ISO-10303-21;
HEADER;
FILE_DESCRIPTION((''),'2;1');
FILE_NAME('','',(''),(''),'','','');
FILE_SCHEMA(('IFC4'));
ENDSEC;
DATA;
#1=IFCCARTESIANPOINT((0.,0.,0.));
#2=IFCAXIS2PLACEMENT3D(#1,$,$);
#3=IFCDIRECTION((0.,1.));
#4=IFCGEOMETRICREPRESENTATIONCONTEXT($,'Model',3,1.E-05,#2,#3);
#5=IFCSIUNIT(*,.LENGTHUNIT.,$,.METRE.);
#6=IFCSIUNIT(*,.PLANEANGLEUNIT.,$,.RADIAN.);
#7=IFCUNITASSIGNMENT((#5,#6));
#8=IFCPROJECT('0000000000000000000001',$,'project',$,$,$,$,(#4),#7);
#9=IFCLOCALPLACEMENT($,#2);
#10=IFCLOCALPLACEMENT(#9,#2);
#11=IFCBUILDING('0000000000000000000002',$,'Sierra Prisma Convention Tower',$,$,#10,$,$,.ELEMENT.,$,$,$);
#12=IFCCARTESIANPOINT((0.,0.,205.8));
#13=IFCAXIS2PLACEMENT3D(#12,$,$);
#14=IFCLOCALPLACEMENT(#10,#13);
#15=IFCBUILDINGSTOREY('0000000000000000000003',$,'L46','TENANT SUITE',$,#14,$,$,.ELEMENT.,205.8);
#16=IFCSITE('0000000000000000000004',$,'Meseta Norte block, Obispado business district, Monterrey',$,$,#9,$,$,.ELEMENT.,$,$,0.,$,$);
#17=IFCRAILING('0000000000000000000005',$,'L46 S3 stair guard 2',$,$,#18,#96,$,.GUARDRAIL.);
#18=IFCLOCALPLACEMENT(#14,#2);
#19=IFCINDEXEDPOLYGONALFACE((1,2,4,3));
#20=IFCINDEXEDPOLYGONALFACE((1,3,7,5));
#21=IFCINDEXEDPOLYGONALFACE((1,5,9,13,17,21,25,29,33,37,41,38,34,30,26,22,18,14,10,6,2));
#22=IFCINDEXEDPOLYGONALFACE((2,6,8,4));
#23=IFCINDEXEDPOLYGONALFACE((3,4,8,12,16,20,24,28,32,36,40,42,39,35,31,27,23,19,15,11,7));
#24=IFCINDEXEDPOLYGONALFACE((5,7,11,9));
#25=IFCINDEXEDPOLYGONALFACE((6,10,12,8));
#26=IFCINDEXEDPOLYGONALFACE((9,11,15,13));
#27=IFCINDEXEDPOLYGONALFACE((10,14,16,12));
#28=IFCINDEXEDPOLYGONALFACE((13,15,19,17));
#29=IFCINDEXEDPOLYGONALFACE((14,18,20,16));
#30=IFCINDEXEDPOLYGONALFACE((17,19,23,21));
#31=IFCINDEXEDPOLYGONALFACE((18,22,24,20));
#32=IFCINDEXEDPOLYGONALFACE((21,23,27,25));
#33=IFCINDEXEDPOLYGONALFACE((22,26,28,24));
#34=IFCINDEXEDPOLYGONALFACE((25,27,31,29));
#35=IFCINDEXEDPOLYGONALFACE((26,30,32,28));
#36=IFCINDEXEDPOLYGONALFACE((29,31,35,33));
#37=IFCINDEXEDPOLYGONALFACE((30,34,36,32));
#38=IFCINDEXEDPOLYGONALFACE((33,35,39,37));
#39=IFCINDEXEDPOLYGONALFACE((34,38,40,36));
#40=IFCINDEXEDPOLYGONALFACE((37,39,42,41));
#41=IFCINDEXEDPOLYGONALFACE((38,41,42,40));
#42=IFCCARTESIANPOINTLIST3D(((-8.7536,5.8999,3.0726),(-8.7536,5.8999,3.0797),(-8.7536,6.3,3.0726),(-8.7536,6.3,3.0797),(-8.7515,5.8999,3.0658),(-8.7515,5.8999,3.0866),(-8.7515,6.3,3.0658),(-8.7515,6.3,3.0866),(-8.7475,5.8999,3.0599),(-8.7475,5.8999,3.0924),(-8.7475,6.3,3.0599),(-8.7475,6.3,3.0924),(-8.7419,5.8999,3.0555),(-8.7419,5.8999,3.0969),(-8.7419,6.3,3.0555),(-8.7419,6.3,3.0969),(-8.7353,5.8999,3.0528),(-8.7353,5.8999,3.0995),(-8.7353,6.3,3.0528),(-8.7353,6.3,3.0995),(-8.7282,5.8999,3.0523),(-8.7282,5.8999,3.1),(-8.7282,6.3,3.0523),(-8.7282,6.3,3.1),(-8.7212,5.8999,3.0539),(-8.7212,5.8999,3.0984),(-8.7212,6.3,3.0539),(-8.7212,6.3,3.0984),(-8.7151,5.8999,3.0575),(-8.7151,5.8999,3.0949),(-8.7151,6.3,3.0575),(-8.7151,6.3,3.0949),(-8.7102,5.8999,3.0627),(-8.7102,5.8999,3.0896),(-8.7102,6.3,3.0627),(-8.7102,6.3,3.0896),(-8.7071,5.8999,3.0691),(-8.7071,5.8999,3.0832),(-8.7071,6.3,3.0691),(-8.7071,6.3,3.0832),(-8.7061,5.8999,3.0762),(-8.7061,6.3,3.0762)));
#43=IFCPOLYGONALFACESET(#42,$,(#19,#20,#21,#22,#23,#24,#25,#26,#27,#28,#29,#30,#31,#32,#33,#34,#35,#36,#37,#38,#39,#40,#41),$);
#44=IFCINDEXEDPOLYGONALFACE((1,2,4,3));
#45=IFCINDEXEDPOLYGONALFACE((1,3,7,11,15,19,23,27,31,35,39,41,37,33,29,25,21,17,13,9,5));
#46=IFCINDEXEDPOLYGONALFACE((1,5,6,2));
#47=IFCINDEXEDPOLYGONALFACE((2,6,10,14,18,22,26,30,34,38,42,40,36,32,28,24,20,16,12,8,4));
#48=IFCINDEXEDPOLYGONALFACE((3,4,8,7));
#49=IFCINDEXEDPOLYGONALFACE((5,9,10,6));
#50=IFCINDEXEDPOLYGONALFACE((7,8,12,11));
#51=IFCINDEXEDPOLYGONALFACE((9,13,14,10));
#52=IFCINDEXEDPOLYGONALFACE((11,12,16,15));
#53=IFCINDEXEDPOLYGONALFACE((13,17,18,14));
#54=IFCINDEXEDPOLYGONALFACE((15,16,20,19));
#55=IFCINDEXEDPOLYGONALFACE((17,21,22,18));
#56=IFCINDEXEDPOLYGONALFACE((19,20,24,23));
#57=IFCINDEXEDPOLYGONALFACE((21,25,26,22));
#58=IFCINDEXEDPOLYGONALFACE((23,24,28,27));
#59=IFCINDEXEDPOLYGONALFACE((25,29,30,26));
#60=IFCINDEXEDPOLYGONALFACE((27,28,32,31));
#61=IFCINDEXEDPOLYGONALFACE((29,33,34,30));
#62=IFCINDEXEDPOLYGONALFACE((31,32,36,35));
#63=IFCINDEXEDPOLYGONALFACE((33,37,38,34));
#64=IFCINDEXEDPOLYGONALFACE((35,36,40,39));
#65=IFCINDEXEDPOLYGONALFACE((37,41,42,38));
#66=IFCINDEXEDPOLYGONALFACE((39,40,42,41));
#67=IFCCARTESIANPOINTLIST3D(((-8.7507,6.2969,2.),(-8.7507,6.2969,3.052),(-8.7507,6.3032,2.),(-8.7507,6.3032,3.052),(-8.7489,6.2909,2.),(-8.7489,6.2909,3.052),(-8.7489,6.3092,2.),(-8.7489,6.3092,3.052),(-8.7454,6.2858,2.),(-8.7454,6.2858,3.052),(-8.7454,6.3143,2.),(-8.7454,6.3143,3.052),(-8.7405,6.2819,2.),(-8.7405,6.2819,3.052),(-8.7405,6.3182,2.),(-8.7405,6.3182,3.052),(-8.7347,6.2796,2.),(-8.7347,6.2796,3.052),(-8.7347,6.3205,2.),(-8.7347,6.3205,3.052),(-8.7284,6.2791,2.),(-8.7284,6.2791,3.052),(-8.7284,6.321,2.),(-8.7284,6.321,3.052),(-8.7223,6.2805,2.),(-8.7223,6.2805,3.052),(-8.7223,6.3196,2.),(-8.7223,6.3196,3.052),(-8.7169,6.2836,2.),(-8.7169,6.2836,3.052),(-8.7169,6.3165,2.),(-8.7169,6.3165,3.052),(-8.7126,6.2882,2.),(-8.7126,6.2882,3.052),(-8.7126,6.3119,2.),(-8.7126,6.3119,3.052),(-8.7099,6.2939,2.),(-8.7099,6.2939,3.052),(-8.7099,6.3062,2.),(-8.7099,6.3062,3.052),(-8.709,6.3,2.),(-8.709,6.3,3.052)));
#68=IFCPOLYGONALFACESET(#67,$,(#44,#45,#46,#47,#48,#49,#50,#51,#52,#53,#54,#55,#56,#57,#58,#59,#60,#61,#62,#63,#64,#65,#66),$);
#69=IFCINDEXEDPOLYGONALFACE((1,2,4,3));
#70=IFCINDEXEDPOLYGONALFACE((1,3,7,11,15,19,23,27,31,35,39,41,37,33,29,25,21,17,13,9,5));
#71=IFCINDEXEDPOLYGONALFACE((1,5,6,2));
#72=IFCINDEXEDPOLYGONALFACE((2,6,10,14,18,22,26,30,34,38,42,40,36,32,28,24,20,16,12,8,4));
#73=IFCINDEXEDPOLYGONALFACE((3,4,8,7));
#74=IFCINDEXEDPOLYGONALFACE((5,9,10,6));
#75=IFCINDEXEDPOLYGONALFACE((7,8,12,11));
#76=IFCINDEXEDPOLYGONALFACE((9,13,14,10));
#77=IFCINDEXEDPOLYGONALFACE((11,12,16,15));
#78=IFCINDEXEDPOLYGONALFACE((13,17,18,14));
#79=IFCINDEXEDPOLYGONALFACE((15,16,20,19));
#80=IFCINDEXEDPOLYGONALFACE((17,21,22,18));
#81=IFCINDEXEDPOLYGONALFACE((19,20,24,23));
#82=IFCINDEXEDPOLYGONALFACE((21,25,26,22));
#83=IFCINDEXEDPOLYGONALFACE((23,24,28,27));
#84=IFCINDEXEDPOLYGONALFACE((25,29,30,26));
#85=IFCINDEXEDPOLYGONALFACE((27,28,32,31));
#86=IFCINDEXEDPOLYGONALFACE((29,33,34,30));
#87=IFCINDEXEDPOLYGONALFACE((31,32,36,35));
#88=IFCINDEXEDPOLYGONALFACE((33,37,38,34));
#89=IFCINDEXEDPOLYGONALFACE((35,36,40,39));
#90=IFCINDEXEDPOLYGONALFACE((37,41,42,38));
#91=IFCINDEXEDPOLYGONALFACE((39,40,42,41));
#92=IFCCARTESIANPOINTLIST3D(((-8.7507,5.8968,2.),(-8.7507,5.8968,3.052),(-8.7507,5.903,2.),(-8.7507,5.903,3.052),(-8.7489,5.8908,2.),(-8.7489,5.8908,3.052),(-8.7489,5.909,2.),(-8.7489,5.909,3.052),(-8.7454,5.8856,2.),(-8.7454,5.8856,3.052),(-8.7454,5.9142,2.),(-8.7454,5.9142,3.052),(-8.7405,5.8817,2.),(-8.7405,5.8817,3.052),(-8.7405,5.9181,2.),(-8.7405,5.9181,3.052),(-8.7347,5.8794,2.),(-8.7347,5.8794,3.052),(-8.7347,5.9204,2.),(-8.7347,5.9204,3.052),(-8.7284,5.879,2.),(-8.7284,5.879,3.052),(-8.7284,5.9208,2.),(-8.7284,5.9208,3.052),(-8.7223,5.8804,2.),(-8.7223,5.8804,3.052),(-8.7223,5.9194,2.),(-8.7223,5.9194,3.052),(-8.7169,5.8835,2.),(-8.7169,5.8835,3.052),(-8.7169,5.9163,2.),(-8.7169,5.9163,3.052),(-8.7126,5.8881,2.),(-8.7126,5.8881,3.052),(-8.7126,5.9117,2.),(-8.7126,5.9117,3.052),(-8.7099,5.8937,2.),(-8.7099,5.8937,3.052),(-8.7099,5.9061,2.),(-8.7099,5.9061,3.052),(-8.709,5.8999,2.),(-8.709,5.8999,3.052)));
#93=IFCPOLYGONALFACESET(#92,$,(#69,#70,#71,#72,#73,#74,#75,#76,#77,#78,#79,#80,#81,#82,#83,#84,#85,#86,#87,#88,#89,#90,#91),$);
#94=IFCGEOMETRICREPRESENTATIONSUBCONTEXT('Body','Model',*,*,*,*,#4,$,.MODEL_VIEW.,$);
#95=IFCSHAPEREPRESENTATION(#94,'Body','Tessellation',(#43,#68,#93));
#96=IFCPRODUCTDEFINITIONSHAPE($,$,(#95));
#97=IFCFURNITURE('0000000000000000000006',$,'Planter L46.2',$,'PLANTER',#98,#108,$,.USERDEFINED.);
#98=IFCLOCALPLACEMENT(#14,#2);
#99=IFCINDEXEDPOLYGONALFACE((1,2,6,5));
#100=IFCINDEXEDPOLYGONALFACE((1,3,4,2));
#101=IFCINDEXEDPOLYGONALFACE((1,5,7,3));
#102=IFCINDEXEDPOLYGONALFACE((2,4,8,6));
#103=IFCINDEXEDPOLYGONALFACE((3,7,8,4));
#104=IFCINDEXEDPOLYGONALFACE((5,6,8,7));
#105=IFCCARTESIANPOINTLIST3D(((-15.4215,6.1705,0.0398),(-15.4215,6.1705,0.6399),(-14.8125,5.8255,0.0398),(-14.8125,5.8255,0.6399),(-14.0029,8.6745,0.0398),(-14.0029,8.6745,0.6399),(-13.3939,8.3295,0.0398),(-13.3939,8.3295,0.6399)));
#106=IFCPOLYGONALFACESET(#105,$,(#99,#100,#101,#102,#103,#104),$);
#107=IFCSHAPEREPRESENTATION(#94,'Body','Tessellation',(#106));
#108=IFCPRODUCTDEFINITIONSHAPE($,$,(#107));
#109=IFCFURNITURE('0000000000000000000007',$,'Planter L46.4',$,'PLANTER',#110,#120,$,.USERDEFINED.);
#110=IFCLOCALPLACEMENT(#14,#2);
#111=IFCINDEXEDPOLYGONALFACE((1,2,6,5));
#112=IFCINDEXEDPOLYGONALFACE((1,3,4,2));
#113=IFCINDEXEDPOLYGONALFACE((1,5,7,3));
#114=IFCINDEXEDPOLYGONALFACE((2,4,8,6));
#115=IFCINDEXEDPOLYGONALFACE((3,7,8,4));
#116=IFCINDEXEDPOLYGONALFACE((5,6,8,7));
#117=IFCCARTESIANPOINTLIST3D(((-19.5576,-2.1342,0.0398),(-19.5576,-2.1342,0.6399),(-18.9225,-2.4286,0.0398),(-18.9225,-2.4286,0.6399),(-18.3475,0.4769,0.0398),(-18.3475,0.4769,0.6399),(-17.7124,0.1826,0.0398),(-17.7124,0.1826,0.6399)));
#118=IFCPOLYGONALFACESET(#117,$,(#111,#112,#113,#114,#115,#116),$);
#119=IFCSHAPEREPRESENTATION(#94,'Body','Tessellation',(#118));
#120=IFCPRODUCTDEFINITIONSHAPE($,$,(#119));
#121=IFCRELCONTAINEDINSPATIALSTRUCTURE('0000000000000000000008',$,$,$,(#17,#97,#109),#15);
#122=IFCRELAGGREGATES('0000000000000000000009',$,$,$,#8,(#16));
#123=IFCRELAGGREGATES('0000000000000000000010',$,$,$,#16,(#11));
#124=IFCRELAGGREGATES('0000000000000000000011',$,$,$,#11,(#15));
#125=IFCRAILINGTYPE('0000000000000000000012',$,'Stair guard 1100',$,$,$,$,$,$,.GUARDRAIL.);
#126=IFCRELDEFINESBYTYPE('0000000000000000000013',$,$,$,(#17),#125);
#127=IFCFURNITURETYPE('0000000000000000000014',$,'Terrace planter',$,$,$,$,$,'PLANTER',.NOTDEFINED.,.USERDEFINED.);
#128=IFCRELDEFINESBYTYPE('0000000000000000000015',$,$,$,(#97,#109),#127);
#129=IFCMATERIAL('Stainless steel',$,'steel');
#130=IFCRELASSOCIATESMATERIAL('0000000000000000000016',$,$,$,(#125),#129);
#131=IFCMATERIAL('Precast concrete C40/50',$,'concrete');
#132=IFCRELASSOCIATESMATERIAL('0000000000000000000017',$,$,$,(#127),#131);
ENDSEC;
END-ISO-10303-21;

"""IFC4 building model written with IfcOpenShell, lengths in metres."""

from ifc_helpers import new_model, si_unit, direction, frame, origin, origin_2d, place, context, subcontext, project, spatial, rectangle, circle, extrude, material, type_object, element, save


model = new_model("IFC4")

# Units and contexts
model_context = context("Model", 3, precision=1e-05, world=origin(), true_north=direction((0.0, 1.0)))
body_context = subcontext(model_context, "Body", "Model", "MODEL_VIEW")
ifc_project = project(units=[si_unit("LENGTHUNIT", "METRE"), si_unit("PLANEANGLEUNIT", "RADIAN")], contexts=[model_context])

# Site, building, storey
site_placement = place(None, origin())
site = spatial("IfcSite", under=ifc_project, at=site_placement, Name="Meseta Norte block, Obispado business district, Monterrey", CompositionType="ELEMENT", RefElevation=0.0)
building_placement = place(site_placement, origin())
building = spatial("IfcBuilding", under=site, at=building_placement, Name="Sierra Prisma Convention Tower", CompositionType="ELEMENT")
storey_placement = place(building_placement, frame((0.0, 0.0, 205.8)))
storey = spatial("IfcBuildingStorey", under=building, at=storey_placement, Name="L46", Description="TENANT SUITE", CompositionType="ELEMENT", Elevation=205.8)

# Railing
ifc_material_1 = material(Name="Stainless steel", Category="steel")
railing_type = type_object("IfcRailingType", Name="Stair guard 1100", PredefinedType="GUARDRAIL", material=ifc_material_1)
railing_placement = place(storey_placement, frame((-8.73, 6.3, 2.0)))
element("IfcRailing", 1, at=railing_placement, inside=storey, type_object=railing_type, Name="L46 S3 stair guard 2", PredefinedType="GUARDRAIL", context=body_context, shape_type="SweptSolid", body=[
    extrude(circle(Radius=0.0239, at=origin_2d()), frame((0.0, 0.0, 1.0762), z_axis=(0.0, -1.0, 0.0), x_axis=(1.0, 0.0, 0.0)), (0.0, 0.0, 1.0), 0.4001),
    extrude(circle(Radius=0.021, at=origin_2d()), origin(), (0.0, 0.0, 1.0), 1.052),
    extrude(circle(Radius=0.021, at=origin_2d()), frame((0.0, -0.4001, 0.0)), (0.0, 0.0, 1.0), 1.052),
])

# Furniture
ifc_material_2 = material(Name="Precast concrete C40/50", Category="concrete")
furniture_type = type_object("IfcFurnitureType", Name="Terrace planter", ElementType="PLANTER", AssemblyPlace="NOTDEFINED", PredefinedType="USERDEFINED", material=ifc_material_2)
for number, where, z_axis, x_axis, name in (
    (2, (-14.4077, 7.25, 0.0398), (0.0, 0.0, 1.0), (-0.492927, -0.870071, 0.0), "Planter L46.2"),
    (3, (-18.635, -0.9758, 0.0398), (0.0, 0.0, 1.0), (-0.420478, -0.907303, 0.0), "Planter L46.4"),
):
    element("IfcFurniture", number, at=place(storey_placement, frame(where, z_axis=z_axis, x_axis=x_axis)), inside=storey, type_object=furniture_type, Name=name, ObjectType="PLANTER", PredefinedType="USERDEFINED", context=body_context, shape_type="SweptSolid", body=[
        extrude(rectangle(XDim=2.8779, YDim=0.7, at=origin_2d()), origin(), (0.0, 0.0, 1.0), 0.6001),
    ])

save(model, "model.ifc")
